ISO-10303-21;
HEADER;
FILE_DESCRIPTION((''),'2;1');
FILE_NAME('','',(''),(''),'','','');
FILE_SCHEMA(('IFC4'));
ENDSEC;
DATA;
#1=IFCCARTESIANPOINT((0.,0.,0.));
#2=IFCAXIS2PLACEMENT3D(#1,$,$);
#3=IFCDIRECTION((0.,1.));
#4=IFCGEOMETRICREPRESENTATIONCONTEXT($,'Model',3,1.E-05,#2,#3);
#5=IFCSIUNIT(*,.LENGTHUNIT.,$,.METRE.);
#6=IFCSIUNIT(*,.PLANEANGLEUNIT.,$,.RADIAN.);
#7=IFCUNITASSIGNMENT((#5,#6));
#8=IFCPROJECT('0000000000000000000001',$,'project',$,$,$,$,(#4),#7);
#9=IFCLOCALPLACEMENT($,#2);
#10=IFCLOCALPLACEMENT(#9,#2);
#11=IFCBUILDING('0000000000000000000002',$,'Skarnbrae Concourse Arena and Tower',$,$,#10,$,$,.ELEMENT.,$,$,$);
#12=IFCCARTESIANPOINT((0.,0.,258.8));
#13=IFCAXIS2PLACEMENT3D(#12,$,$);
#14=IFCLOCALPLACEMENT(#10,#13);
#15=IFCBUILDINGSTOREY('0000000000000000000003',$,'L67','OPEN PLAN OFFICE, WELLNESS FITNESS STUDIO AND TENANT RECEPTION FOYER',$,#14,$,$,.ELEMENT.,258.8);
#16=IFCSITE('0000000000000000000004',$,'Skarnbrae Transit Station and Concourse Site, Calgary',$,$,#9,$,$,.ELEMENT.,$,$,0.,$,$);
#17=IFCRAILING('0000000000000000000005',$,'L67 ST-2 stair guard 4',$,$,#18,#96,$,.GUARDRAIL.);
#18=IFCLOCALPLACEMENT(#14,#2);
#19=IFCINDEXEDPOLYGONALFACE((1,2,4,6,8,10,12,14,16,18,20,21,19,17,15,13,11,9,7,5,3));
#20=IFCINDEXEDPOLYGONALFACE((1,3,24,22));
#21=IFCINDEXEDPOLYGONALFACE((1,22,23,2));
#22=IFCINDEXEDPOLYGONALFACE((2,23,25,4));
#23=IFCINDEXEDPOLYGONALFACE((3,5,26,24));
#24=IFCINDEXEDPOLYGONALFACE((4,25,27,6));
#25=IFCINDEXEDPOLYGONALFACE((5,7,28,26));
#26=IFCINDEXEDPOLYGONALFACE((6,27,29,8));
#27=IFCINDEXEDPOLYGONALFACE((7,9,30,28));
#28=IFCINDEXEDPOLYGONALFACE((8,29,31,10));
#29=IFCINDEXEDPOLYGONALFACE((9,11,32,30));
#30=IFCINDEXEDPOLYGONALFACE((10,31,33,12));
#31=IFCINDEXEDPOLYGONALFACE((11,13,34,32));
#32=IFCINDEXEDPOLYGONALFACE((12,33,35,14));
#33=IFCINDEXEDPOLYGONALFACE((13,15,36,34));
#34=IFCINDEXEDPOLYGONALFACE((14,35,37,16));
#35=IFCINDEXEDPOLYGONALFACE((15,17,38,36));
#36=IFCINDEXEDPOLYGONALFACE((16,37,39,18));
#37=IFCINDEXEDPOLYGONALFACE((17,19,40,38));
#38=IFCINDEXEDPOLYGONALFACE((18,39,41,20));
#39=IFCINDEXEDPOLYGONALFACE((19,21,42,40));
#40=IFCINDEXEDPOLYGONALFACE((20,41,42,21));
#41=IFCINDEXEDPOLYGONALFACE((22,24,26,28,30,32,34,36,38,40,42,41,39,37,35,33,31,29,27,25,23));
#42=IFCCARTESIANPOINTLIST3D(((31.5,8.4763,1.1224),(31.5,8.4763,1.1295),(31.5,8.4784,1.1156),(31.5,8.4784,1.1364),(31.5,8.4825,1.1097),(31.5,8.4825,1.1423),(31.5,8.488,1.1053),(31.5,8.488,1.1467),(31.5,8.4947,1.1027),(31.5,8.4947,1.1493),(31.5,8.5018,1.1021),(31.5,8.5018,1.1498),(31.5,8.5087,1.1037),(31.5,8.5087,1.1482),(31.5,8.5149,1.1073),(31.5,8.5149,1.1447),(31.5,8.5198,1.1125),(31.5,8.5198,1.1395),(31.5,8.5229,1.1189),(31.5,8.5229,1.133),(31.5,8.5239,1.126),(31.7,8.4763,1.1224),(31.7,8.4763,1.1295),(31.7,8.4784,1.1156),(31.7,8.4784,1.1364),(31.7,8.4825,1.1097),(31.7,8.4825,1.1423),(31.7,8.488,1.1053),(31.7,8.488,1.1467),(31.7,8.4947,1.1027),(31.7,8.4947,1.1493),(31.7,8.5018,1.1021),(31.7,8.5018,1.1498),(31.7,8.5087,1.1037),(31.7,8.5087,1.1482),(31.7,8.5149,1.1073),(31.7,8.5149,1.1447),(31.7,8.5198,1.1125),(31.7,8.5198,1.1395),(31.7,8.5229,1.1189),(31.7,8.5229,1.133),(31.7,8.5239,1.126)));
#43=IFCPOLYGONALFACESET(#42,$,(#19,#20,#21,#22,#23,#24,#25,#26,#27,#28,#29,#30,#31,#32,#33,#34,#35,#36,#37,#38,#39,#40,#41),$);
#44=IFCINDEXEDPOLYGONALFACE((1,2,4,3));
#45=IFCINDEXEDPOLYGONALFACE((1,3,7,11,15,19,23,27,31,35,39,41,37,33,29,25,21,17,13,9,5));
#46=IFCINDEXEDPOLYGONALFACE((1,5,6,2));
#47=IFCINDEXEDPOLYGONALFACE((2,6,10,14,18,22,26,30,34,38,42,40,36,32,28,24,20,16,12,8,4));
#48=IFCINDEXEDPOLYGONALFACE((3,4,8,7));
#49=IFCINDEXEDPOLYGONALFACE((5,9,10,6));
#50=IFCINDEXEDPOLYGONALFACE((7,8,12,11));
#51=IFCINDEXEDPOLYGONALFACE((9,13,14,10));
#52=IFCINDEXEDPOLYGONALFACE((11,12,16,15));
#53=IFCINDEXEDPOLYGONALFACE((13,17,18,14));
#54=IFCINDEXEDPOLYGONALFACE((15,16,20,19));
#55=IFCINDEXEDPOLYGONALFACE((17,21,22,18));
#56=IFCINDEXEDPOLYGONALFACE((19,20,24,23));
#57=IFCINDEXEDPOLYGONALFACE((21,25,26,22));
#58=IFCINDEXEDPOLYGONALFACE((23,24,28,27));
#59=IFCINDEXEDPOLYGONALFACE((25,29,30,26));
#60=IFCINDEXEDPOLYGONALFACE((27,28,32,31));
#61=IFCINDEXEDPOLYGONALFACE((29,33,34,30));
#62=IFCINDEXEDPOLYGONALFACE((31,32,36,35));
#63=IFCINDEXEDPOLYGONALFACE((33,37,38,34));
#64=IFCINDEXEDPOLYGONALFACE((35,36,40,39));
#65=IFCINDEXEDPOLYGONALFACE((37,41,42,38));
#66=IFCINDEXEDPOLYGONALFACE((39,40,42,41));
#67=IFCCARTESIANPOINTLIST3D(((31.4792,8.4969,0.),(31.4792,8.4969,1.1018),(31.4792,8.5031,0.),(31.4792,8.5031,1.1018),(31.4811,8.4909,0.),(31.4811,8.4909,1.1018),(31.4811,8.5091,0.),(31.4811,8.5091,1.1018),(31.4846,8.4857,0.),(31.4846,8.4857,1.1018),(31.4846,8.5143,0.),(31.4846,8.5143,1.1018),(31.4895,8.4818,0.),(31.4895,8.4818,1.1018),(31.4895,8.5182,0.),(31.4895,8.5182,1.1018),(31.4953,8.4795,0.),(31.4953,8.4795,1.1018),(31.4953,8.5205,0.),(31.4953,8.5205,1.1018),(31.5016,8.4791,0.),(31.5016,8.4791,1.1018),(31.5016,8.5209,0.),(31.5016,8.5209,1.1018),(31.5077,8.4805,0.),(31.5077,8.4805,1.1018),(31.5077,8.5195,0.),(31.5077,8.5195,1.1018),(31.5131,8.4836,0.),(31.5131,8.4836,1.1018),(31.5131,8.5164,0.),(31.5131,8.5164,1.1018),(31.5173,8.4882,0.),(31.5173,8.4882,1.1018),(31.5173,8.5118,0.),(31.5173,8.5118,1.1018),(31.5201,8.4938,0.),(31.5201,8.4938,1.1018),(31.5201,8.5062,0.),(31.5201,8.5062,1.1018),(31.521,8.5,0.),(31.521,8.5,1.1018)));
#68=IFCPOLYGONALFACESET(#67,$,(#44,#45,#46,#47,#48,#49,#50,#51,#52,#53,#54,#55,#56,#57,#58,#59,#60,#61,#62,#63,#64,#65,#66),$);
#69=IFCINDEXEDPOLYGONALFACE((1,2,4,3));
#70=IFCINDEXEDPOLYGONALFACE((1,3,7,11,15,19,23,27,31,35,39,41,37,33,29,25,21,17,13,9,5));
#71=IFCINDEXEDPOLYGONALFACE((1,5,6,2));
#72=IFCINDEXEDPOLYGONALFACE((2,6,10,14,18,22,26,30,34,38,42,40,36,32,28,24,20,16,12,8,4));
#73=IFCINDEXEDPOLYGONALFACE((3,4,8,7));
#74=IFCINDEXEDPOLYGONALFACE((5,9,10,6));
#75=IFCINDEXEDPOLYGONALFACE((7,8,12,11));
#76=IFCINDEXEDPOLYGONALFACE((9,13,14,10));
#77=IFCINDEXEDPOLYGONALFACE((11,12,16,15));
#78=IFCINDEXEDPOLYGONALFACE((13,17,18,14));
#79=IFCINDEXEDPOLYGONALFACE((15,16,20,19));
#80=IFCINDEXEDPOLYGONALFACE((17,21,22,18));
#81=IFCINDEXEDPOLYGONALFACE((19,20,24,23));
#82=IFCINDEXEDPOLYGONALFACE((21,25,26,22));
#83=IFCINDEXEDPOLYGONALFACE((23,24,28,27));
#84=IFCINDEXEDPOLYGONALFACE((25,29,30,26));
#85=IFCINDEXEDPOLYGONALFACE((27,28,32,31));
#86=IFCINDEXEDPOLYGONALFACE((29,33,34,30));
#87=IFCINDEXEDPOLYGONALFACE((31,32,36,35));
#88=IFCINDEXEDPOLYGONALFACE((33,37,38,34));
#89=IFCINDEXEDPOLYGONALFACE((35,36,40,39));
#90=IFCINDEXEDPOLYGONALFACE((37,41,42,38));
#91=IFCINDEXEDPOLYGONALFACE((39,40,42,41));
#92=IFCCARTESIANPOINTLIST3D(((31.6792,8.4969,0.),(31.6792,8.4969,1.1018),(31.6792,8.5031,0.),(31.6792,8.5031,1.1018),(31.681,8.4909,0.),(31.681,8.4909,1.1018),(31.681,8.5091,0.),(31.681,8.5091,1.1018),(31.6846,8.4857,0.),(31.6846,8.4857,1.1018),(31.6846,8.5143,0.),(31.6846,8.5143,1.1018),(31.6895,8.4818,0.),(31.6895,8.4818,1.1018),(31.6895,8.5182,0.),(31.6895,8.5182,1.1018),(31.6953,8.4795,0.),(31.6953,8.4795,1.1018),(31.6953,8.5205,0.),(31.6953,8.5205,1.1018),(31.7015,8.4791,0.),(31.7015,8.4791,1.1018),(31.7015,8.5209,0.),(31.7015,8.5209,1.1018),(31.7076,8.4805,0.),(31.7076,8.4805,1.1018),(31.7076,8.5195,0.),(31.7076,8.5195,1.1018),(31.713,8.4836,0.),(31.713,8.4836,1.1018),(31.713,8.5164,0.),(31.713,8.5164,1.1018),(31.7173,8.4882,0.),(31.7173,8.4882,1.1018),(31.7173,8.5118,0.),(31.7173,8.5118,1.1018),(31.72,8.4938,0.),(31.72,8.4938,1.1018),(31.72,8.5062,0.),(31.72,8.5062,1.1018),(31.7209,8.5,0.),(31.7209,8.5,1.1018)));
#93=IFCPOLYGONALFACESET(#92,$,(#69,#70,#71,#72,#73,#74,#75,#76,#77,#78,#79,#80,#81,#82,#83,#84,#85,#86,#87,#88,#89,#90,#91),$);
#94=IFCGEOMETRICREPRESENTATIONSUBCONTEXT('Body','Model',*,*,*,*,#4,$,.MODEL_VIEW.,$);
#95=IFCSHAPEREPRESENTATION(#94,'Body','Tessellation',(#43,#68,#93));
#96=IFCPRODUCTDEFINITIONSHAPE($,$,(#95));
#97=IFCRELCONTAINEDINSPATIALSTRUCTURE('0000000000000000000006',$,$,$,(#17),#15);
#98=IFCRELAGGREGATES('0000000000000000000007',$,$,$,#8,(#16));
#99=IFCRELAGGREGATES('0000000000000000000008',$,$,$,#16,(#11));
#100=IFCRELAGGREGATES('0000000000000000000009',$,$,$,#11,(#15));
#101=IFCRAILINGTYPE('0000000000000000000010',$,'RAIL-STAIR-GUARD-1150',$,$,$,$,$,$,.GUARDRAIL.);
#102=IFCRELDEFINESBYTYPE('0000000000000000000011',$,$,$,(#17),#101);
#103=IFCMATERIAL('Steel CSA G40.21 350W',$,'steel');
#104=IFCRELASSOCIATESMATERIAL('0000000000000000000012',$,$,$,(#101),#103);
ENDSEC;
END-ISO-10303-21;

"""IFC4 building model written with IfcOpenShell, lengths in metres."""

from ifc_helpers import new_model, si_unit, direction, frame, origin, origin_2d, place, context, subcontext, project, spatial, circle, extrude, material, type_object, element, save


model = new_model("IFC4")

# Units and contexts
model_context = context("Model", 3, precision=1e-05, world=origin(), true_north=direction((0.0, 1.0)))
body_context = subcontext(model_context, "Body", "Model", "MODEL_VIEW")
ifc_project = project(units=[si_unit("LENGTHUNIT", "METRE"), si_unit("PLANEANGLEUNIT", "RADIAN")], contexts=[model_context])

# Site, building, storey
site_placement = place(None, origin())
site = spatial("IfcSite", under=ifc_project, at=site_placement, Name="Skarnbrae Transit Station and Concourse Site, Calgary", CompositionType="ELEMENT", RefElevation=0.0)
building_placement = place(site_placement, origin())
building = spatial("IfcBuilding", under=site, at=building_placement, Name="Skarnbrae Concourse Arena and Tower", CompositionType="ELEMENT")
storey_placement = place(building_placement, frame((0.0, 0.0, 258.8)))
storey = spatial("IfcBuildingStorey", under=building, at=storey_placement, Name="L67", Description="OPEN PLAN OFFICE, WELLNESS FITNESS STUDIO AND TENANT RECEPTION FOYER", CompositionType="ELEMENT", Elevation=258.8)

# Shared definitions
ifc_material_1 = material(Name="Steel CSA G40.21 350W", Category="steel")

# Railing
railing_type = type_object("IfcRailingType", Name="RAIL-STAIR-GUARD-1150", PredefinedType="GUARDRAIL", material=ifc_material_1)
railing_1_placement = place(storey_placement, frame((31.5, 8.5, 0.0)))
element("IfcRailing", 1, at=railing_1_placement, inside=storey, type_object=railing_type, Name="L67 ST-2 stair guard 4", PredefinedType="GUARDRAIL", context=body_context, shape_type="SweptSolid", body=[
    extrude(circle(Radius=0.0239, at=origin_2d()), frame((0.0, 0.0, 1.126), z_axis=(1.0, 0.0, 0.0), x_axis=(0.0, 1.0, 0.0)), (0.0, 0.0, 1.0), 0.2),
    extrude(circle(Radius=0.021, at=origin_2d()), origin(), (0.0, 0.0, 1.0), 1.1018),
    extrude(circle(Radius=0.021, at=origin_2d()), frame((0.2, 0.0, 0.0)), (0.0, 0.0, 1.0), 1.1018),
])

save(model, "model.ifc")
